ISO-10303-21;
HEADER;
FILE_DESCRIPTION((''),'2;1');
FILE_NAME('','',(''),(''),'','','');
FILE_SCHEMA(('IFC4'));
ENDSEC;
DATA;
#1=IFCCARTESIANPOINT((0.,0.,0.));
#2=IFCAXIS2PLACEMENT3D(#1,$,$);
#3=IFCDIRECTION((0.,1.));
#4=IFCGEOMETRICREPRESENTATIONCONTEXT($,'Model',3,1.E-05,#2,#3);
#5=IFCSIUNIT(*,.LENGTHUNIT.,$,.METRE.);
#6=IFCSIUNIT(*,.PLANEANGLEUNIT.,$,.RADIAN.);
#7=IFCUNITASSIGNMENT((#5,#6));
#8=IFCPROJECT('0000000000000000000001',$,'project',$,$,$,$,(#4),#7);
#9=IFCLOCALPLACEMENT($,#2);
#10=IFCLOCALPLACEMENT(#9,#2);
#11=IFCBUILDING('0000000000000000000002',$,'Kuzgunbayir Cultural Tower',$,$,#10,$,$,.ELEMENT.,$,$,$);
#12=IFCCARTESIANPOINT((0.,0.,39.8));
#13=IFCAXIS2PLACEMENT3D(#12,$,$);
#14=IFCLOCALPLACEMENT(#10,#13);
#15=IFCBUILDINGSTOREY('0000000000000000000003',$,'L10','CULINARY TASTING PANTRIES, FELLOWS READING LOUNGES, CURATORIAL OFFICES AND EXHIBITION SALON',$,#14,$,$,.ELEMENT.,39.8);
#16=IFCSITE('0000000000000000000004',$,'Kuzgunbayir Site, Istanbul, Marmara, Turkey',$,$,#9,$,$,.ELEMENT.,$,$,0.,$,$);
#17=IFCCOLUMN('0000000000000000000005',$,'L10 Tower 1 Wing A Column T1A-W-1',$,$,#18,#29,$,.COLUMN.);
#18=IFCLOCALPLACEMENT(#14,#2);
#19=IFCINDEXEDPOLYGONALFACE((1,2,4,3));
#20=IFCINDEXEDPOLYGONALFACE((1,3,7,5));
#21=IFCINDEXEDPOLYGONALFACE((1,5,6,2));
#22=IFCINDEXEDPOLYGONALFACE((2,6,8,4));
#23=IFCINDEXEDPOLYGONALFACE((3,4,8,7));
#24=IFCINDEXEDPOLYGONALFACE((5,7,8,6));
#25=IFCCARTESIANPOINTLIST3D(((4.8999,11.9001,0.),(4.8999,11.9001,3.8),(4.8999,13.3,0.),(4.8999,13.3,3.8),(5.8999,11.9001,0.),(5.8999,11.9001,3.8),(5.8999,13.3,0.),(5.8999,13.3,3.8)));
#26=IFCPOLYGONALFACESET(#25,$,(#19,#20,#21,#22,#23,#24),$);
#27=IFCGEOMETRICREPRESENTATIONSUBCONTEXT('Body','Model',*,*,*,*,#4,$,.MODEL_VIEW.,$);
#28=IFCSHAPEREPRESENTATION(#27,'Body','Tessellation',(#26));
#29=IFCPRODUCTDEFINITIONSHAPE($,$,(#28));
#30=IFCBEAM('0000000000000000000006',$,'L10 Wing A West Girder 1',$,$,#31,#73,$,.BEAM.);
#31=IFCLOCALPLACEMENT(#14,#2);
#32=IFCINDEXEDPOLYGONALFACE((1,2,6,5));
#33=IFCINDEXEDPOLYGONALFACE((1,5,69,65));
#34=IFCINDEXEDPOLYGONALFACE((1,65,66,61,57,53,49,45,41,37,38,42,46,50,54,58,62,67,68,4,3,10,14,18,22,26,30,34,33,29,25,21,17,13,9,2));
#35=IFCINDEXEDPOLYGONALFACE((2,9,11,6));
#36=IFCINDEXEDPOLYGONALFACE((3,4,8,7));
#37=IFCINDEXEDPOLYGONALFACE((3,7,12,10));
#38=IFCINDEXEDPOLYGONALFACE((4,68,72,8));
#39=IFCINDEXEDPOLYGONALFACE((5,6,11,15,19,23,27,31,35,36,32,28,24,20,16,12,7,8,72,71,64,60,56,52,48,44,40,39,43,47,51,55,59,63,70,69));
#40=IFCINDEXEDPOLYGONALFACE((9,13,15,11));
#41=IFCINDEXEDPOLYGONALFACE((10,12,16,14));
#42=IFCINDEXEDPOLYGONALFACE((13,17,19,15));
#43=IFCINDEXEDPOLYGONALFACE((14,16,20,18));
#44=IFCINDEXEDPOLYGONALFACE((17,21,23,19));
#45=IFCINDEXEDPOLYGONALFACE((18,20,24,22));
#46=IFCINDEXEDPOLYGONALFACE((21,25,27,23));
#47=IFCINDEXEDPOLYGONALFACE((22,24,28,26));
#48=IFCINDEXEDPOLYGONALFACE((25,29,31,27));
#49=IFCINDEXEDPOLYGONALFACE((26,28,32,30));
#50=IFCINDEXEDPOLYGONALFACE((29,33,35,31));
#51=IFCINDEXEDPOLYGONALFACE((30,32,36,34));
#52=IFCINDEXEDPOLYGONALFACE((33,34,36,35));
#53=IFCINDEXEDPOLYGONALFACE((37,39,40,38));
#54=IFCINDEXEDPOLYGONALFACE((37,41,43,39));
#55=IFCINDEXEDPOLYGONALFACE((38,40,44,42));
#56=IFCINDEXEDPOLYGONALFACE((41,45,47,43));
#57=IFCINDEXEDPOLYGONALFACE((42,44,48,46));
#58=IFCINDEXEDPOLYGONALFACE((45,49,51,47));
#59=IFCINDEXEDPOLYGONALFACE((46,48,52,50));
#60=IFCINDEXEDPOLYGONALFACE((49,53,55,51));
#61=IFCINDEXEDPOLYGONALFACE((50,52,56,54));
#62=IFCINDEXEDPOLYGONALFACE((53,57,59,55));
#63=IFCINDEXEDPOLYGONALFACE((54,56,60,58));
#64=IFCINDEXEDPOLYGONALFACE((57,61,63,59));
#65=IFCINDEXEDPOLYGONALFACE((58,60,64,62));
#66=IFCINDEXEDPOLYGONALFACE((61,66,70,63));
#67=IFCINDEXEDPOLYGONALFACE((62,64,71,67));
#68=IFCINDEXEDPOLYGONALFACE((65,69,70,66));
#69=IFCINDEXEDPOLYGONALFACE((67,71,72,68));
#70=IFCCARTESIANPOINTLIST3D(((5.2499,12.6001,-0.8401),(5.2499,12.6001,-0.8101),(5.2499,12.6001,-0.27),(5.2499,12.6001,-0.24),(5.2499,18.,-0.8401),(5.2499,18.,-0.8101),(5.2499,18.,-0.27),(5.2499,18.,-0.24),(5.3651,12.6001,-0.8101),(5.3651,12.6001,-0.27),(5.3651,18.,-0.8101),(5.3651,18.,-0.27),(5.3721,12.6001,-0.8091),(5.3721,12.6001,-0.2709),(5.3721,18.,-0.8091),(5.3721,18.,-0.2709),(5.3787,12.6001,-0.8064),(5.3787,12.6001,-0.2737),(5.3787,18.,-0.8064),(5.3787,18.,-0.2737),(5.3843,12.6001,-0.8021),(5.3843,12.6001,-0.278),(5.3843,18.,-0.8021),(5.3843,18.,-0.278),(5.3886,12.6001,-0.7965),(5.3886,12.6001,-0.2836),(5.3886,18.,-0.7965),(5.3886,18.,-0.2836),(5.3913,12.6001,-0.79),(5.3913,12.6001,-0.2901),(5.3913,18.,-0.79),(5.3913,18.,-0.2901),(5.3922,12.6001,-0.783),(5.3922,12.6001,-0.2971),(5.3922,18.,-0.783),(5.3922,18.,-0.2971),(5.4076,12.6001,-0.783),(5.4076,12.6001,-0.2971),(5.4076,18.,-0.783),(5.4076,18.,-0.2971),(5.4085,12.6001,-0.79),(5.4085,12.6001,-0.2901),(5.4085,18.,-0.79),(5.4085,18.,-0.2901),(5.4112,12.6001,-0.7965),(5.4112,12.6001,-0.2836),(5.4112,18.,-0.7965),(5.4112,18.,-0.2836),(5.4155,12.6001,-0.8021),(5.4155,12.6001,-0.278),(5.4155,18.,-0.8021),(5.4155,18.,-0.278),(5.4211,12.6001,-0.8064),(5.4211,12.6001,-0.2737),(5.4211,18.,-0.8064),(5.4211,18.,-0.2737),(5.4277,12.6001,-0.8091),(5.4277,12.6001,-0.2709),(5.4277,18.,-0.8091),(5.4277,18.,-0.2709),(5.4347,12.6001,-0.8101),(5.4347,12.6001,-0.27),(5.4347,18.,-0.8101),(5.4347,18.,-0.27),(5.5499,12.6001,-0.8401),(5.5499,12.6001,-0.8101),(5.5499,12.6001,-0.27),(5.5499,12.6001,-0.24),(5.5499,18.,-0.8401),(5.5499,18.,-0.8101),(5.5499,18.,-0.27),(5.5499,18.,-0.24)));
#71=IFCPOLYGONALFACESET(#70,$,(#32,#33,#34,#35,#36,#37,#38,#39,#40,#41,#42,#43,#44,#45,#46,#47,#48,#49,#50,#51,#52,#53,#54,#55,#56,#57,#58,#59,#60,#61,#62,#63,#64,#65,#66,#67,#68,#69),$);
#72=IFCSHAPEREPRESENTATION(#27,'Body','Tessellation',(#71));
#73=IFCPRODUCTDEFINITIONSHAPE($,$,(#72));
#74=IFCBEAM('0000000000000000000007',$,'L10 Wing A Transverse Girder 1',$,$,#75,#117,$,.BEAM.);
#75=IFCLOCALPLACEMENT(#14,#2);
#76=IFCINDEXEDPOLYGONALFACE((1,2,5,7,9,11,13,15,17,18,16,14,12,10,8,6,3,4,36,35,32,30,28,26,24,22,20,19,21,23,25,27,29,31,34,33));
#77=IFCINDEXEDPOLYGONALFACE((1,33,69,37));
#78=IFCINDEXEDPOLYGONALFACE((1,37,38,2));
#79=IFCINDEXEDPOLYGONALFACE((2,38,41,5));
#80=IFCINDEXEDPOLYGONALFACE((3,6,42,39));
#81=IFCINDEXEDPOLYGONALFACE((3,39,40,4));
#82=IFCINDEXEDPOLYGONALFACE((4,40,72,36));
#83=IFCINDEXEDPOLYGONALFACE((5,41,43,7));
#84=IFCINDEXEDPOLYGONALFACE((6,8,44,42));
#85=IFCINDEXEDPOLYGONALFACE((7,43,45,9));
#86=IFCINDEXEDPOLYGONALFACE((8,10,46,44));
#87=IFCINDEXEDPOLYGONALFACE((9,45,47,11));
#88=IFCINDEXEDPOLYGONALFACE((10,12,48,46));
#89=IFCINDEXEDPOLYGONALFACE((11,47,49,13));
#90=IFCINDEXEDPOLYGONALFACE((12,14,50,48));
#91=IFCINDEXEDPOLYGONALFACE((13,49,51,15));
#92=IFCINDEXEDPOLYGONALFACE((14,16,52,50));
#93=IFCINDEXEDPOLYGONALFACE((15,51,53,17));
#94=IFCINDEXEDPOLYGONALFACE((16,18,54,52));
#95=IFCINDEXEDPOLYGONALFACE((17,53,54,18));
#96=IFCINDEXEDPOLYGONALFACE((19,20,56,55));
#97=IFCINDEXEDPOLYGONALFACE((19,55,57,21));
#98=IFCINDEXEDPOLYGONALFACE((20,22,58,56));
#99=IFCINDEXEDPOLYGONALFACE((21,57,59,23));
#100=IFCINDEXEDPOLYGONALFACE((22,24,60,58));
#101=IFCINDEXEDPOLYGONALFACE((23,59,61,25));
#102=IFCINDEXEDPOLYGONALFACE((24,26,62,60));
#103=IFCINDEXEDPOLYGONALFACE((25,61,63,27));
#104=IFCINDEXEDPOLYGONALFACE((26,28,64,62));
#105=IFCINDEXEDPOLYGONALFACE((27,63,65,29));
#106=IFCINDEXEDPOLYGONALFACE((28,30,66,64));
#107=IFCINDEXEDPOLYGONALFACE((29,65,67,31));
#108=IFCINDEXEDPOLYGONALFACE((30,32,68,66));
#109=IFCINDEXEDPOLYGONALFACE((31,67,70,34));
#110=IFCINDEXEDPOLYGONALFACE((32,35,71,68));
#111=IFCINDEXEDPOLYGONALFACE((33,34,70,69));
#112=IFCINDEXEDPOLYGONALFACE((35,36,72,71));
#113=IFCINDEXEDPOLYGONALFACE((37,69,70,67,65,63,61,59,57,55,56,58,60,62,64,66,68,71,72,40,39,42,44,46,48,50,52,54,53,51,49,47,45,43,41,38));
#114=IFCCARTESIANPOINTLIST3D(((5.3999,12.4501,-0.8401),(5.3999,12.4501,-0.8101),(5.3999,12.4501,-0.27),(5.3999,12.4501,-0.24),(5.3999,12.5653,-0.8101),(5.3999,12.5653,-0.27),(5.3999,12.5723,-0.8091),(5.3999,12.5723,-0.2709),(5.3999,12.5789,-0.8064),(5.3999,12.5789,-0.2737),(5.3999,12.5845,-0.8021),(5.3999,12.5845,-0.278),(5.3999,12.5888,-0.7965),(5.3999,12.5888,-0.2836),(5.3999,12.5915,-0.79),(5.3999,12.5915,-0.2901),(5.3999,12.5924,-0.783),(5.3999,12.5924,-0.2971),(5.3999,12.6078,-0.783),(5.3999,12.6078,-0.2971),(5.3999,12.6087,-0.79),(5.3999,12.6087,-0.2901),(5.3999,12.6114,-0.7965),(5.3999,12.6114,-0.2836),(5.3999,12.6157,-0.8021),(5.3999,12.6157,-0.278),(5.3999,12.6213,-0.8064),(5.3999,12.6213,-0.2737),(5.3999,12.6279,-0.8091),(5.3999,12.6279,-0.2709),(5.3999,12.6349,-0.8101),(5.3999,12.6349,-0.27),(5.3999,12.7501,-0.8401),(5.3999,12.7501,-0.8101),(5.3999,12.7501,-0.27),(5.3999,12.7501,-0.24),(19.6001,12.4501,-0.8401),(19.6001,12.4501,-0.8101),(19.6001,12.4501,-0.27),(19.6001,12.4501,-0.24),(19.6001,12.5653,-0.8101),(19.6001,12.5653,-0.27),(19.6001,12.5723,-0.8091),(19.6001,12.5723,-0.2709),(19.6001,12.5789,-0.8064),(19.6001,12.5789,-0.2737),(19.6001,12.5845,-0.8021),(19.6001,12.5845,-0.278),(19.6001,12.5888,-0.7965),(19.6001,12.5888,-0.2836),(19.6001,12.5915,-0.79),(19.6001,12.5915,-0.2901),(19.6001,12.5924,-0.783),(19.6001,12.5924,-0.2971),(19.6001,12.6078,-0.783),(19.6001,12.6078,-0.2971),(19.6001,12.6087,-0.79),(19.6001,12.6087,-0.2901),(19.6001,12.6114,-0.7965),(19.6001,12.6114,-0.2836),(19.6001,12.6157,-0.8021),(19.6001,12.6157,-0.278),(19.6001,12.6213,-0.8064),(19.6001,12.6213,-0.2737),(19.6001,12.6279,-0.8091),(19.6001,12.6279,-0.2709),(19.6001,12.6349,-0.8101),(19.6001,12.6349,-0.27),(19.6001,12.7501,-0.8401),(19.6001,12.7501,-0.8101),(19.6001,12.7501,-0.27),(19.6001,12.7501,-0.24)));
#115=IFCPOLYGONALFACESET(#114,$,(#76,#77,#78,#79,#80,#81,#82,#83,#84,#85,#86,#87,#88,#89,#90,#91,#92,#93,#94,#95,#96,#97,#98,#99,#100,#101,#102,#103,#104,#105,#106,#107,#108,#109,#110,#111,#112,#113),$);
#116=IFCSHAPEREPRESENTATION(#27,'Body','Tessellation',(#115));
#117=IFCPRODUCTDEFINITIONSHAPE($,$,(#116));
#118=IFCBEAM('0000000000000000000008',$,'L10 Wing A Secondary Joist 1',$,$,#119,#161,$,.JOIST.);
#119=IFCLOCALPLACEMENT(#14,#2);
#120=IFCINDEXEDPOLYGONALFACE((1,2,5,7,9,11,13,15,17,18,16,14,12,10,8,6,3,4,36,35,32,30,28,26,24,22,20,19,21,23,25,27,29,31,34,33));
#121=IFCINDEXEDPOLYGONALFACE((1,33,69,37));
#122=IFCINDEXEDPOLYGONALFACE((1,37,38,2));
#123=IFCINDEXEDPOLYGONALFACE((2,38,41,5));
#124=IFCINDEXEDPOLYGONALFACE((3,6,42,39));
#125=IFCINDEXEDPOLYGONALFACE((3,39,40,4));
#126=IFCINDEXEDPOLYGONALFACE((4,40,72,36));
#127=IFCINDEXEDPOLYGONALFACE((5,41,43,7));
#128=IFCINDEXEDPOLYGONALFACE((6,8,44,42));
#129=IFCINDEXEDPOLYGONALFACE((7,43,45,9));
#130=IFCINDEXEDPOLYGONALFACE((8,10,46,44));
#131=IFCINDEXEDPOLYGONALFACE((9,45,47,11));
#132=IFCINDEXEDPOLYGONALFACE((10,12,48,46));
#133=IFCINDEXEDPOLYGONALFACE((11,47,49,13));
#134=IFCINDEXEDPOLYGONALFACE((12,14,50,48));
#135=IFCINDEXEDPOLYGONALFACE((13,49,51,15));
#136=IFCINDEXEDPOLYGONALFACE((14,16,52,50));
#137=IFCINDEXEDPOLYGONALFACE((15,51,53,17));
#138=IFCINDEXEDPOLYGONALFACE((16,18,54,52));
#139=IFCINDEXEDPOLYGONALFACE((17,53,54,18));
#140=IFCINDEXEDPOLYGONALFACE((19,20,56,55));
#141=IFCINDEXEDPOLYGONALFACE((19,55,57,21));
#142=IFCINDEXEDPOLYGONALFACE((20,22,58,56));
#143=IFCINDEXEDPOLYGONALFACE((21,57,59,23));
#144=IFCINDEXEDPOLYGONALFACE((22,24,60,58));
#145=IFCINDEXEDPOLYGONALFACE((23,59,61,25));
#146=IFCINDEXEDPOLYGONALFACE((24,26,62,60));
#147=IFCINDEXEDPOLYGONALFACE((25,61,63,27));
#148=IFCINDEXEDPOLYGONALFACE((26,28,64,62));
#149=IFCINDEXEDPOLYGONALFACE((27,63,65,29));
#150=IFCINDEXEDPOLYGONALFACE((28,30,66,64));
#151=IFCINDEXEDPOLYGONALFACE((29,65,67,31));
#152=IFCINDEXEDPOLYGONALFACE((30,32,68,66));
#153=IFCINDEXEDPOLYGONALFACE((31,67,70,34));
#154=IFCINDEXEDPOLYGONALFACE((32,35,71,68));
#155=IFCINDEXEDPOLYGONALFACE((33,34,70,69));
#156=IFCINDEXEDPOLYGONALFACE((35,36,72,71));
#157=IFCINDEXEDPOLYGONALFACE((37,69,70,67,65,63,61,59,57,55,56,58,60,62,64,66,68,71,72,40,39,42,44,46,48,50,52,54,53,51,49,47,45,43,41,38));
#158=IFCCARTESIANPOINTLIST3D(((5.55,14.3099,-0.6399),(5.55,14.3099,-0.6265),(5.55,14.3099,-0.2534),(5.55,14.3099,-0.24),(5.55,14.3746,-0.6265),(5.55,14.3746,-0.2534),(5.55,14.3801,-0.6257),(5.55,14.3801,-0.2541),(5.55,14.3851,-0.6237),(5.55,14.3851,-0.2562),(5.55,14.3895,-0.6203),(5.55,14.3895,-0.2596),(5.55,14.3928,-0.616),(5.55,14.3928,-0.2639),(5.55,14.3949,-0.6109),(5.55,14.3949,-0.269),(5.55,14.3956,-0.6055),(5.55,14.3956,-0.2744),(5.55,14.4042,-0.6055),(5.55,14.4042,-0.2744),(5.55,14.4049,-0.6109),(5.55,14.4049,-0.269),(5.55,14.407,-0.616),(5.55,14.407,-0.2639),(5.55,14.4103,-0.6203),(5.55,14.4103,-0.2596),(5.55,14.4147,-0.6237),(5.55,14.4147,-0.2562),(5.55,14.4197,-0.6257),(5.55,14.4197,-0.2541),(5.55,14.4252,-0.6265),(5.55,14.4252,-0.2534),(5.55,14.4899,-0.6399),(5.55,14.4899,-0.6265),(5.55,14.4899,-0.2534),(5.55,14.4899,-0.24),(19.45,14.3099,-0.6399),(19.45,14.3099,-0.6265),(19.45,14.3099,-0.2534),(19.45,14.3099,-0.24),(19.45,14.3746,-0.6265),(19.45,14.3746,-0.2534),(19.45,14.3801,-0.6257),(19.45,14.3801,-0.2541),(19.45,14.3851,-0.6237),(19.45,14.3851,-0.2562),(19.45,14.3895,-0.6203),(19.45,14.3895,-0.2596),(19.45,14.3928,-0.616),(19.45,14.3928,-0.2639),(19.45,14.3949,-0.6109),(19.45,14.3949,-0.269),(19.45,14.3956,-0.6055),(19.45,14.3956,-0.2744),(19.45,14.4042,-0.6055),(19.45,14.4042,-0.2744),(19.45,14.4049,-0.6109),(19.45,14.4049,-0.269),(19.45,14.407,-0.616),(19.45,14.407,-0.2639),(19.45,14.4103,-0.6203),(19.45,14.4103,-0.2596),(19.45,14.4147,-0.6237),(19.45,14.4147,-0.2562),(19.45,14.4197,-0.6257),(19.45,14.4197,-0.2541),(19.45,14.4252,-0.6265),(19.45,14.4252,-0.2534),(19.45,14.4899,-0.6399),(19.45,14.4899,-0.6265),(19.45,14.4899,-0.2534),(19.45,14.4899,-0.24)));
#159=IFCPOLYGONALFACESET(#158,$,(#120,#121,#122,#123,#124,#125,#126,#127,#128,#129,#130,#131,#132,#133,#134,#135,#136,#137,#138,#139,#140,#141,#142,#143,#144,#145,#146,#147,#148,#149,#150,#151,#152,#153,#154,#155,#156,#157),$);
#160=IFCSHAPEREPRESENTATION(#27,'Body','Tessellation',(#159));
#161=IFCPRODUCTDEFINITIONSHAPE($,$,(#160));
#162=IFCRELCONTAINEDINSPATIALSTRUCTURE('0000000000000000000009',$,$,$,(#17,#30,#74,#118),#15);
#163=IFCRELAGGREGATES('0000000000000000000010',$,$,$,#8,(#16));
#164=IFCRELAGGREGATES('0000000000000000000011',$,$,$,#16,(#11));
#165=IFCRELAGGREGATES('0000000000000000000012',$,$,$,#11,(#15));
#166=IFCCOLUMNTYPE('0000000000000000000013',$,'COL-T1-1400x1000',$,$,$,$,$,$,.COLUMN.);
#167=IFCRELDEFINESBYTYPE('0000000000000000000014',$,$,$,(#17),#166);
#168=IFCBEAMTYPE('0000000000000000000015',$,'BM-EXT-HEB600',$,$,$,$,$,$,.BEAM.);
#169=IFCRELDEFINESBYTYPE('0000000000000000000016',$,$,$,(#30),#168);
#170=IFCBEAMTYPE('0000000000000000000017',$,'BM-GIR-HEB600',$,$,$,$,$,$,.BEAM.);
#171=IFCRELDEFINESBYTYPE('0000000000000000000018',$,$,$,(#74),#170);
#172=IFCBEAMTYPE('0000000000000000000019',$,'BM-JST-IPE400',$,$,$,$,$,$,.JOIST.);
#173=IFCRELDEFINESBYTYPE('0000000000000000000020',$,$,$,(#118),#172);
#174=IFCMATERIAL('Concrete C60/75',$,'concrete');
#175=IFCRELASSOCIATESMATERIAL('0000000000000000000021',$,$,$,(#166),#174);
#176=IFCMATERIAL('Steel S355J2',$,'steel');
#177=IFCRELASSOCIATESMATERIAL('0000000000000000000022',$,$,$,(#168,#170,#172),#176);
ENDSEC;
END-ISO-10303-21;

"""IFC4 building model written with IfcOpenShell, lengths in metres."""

from ifc_helpers import new_model, si_unit, direction, frame, origin, origin_2d, place, context, subcontext, project, spatial, rectangle, i_section, extrude, material, material_profile, profile_set, type_object, element, save


model = new_model("IFC4")

# Units and contexts
model_context = context("Model", 3, precision=1e-05, world=origin(), true_north=direction((0.0, 1.0)))
body_context = subcontext(model_context, "Body", "Model", "MODEL_VIEW")
ifc_project = project(units=[si_unit("LENGTHUNIT", "METRE"), si_unit("PLANEANGLEUNIT", "RADIAN")], contexts=[model_context])

# Site, building, storey
site_placement = place(None, origin())
site = spatial("IfcSite", under=ifc_project, at=site_placement, Name="Kuzgunbayir Site, Istanbul, Marmara, Turkey", CompositionType="ELEMENT", RefElevation=0.0)
building_placement = place(site_placement, origin())
building = spatial("IfcBuilding", under=site, at=building_placement, Name="Kuzgunbayir Cultural Tower", CompositionType="ELEMENT")
storey_placement = place(building_placement, frame((0.0, 0.0, 39.8)))
storey = spatial("IfcBuildingStorey", under=building, at=storey_placement, Name="L10", Description="CULINARY TASTING PANTRIES, FELLOWS READING LOUNGES, CURATORIAL OFFICES AND EXHIBITION SALON", CompositionType="ELEMENT", Elevation=39.8)

# Column
ifc_material_1 = material(Name="Concrete C60/75", Category="concrete")
ifc_material_profile_1 = material_profile(ifc_material_1, rectangle(XDim=1.0, YDim=1.3999, at=origin_2d()), Name="RC 1400x1000")
ifc_profile_set_1 = profile_set([ifc_material_profile_1], Name="Concrete C60/75")
column_type = type_object("IfcColumnType", Name="COL-T1-1400x1000", PredefinedType="COLUMN", material=ifc_profile_set_1)
column_placement = place(storey_placement, frame((5.3999, 12.6001, 0.0), z_axis=(0.0, 0.0, 1.0), x_axis=(1.0, 0.0, 0.0)))
element("IfcColumn", 1, at=column_placement, inside=storey, type_object=column_type, Name="L10 Tower 1 Wing A Column T1A-W-1", PredefinedType="COLUMN", context=body_context, shape_type="SweptSolid", body=[
    extrude(rectangle(XDim=1.0, YDim=1.3999, at=origin_2d()), origin(), (0.0, 0.0, 1.0), 3.8),
])

# Beams
ifc_material_2 = material(Name="Steel S355J2", Category="steel")
ifc_material_profile_2 = material_profile(ifc_material_2, i_section(OverallWidth=0.3, OverallDepth=0.6001, WebThickness=0.0154, FlangeThickness=0.03, FilletRadius=0.0271, at=origin_2d()), Name="HEB 600")
ifc_profile_set_2 = profile_set([ifc_material_profile_2], Name="Steel S355J2")
beam_type_1 = type_object("IfcBeamType", Name="BM-EXT-HEB600", PredefinedType="BEAM", material=ifc_profile_set_2)
beam_1_placement = place(storey_placement, frame((5.3999, 12.6001, -0.54), z_axis=(0.0, 1.0, 0.0), x_axis=(-1.0, 0.0, 0.0)))
element("IfcBeam", 2, at=beam_1_placement, inside=storey, type_object=beam_type_1, Name="L10 Wing A West Girder 1", PredefinedType="BEAM", context=body_context, shape_type="SweptSolid", body=[
    extrude(i_section(OverallWidth=0.3, OverallDepth=0.6001, WebThickness=0.0154, FlangeThickness=0.03, FilletRadius=0.0271, at=origin_2d()), origin(), (0.0, 0.0, 1.0), 5.3999),
])
ifc_material_profile_3 = material_profile(ifc_material_2, i_section(OverallWidth=0.3, OverallDepth=0.6001, WebThickness=0.0154, FlangeThickness=0.03, FilletRadius=0.0271, at=origin_2d()), Name="HEB 600")
ifc_profile_set_3 = profile_set([ifc_material_profile_3], Name="Steel S355J2")
beam_type_2 = type_object("IfcBeamType", Name="BM-GIR-HEB600", PredefinedType="BEAM", material=ifc_profile_set_3)
beam_2_placement = place(storey_placement, frame((5.3999, 12.6001, -0.54), z_axis=(1.0, 0.0, 0.0), x_axis=(0.0, 1.0, 0.0)))
element("IfcBeam", 3, at=beam_2_placement, inside=storey, type_object=beam_type_2, Name="L10 Wing A Transverse Girder 1", PredefinedType="BEAM", context=body_context, shape_type="SweptSolid", body=[
    extrude(i_section(OverallWidth=0.3, OverallDepth=0.6001, WebThickness=0.0154, FlangeThickness=0.03, FilletRadius=0.0271, at=origin_2d()), origin(), (0.0, 0.0, 1.0), 14.2002),
])
ifc_material_profile_4 = material_profile(ifc_material_2, i_section(OverallWidth=0.1799, OverallDepth=0.3999, WebThickness=0.0085, FlangeThickness=0.0134, FilletRadius=0.021, at=origin_2d()), Name="IPE 400")
ifc_profile_set_4 = profile_set([ifc_material_profile_4], Name="Steel S355J2")
beam_type_3 = type_object("IfcBeamType", Name="BM-JST-IPE400", PredefinedType="JOIST", material=ifc_profile_set_4)
for number, where, z_axis, x_axis, name in (
    (4, (5.55, 14.3999, -0.4399), (1.0, 0.0, 0.0), (0.0, 1.0, 0.0), "L10 Wing A Secondary Joist 1"),
):
    element("IfcBeam", number, at=place(storey_placement, frame(where, z_axis=z_axis, x_axis=x_axis)), inside=storey, type_object=beam_type_3, Name=name, PredefinedType="JOIST", context=body_context, shape_type="SweptSolid", body=[
        extrude(i_section(OverallWidth=0.1799, OverallDepth=0.3999, WebThickness=0.0085, FlangeThickness=0.0134, FilletRadius=0.021, at=origin_2d()), origin(), (0.0, 0.0, 1.0), 13.8999),
    ])

save(model, "model.ifc")
